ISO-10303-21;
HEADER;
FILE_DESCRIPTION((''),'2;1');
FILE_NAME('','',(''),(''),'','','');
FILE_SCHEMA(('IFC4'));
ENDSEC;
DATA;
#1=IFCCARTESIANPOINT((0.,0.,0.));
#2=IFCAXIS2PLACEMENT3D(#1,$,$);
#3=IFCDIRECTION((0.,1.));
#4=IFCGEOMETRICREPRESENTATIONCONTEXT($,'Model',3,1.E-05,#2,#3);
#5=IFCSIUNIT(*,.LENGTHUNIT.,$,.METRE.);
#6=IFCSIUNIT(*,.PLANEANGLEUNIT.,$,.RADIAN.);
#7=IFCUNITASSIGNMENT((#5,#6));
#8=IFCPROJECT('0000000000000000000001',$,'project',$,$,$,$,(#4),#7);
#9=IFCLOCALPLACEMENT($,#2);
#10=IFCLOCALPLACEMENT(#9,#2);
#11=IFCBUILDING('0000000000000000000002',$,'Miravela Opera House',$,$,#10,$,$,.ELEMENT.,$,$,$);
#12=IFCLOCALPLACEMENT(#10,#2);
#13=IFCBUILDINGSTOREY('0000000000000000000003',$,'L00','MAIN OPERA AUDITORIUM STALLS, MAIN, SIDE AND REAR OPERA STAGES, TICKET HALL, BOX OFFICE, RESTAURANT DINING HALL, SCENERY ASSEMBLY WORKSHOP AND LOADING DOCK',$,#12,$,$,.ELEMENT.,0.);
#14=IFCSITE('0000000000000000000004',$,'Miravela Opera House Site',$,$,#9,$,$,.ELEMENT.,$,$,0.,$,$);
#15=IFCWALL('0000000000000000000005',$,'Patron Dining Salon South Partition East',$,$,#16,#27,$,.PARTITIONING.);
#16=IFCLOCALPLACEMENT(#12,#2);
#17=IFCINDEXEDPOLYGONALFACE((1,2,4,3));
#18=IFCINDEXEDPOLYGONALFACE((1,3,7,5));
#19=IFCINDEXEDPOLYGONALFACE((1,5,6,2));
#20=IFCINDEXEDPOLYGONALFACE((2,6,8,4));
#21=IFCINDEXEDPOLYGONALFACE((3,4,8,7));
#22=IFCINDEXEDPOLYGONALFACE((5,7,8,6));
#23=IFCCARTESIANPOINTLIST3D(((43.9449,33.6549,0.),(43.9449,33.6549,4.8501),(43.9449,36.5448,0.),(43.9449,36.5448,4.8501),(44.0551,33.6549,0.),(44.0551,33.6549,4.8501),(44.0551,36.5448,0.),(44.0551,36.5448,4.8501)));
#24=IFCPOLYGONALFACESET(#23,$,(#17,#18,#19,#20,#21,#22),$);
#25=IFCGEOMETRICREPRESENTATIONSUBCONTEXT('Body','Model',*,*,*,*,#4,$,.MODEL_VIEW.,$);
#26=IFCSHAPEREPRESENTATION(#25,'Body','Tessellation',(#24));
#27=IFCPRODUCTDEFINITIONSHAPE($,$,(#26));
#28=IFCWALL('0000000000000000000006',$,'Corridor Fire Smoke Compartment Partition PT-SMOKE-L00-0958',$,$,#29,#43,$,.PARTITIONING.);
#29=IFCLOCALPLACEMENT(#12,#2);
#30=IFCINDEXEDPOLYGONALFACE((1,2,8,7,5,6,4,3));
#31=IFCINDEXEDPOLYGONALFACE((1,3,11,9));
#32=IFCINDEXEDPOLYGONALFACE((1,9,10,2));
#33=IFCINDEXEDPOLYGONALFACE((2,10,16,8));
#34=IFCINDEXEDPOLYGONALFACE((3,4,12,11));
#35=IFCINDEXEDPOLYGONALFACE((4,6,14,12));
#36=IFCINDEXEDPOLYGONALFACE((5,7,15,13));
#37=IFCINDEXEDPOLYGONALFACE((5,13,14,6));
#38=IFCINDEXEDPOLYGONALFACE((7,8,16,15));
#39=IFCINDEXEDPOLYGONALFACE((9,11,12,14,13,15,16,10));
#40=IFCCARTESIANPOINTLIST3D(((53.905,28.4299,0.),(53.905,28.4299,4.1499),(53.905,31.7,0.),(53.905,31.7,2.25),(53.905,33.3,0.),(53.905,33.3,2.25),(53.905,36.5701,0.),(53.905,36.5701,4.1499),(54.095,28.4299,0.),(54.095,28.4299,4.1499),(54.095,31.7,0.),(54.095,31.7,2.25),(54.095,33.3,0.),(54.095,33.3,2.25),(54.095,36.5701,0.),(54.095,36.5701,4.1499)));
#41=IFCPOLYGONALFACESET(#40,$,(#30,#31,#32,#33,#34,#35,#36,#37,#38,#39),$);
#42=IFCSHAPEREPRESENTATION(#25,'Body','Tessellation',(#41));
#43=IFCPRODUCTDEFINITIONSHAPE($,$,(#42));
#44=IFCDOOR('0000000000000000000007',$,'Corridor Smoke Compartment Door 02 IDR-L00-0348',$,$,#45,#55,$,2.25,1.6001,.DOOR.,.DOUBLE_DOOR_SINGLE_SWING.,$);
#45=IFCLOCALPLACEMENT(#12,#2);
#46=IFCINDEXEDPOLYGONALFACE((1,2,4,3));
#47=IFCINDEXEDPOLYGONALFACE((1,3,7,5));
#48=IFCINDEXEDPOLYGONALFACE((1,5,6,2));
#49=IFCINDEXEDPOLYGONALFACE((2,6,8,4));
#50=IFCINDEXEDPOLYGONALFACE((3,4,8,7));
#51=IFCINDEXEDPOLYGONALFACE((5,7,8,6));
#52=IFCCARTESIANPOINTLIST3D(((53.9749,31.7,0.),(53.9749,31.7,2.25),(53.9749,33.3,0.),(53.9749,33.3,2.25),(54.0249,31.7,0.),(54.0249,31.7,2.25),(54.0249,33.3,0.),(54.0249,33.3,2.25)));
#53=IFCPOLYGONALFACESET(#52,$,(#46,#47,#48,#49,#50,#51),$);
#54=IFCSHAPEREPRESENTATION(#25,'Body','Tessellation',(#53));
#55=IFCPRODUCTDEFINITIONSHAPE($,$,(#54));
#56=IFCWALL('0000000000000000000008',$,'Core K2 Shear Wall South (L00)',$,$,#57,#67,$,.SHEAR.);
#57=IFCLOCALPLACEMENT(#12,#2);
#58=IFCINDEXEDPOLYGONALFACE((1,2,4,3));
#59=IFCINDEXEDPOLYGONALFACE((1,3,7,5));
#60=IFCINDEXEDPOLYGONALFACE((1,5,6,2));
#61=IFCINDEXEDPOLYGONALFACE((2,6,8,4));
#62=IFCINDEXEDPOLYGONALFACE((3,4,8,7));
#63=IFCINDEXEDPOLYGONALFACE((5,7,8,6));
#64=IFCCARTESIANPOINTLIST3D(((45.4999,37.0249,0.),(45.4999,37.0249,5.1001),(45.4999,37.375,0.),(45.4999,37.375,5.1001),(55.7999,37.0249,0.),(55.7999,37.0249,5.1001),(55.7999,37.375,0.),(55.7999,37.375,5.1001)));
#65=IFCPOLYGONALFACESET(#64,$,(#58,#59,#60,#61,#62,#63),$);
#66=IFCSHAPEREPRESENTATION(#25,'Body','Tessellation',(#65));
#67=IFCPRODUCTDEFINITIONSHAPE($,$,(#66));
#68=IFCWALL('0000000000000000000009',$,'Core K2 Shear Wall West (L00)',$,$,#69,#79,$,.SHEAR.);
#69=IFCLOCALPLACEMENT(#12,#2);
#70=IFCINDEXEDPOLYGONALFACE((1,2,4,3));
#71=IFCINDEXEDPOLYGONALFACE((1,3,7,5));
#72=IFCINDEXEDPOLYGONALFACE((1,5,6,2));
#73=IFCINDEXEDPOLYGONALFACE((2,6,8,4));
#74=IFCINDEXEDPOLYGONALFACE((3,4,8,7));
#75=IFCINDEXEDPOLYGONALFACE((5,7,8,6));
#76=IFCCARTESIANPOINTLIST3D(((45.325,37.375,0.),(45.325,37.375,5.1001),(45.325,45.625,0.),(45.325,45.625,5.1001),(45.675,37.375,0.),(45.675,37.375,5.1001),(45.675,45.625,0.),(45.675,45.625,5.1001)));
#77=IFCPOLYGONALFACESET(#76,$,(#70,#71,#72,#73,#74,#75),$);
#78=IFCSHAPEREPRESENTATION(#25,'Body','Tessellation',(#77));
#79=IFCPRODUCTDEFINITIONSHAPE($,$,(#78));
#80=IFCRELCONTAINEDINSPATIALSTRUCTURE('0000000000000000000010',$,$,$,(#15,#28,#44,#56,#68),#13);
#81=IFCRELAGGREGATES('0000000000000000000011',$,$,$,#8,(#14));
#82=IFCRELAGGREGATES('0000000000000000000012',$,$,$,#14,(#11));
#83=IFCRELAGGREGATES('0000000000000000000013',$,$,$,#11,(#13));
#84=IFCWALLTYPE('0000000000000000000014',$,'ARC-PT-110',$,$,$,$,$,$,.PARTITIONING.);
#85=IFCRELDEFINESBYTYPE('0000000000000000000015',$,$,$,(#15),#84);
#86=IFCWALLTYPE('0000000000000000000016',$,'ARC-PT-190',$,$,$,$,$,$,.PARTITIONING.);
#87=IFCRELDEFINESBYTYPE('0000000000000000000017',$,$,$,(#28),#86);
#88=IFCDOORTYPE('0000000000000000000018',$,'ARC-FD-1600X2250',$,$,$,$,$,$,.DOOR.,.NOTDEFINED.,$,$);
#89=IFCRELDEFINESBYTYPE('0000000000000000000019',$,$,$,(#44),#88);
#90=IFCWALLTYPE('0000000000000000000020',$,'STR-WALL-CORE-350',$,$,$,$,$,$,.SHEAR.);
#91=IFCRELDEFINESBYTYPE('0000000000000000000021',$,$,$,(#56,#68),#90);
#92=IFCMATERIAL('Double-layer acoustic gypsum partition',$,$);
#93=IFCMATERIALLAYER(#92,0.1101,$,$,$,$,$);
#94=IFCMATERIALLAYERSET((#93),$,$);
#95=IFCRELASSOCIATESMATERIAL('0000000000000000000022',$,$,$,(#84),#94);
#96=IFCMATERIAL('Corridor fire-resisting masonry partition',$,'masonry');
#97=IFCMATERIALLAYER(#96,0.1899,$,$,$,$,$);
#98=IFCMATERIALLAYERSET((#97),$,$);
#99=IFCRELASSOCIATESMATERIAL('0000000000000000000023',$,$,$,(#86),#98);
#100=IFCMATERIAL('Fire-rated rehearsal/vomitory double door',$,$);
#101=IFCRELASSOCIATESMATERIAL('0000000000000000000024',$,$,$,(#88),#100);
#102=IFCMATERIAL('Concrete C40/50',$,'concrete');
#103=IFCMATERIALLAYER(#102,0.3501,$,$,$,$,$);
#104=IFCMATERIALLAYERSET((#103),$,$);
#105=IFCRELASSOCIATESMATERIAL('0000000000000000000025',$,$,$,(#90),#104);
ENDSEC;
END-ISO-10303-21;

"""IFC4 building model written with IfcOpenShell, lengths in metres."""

from ifc_helpers import new_model, si_unit, direction, frame, frame_2d, origin, place, context, subcontext, project, spatial, rectangle, extrude, material, layer, layer_set, type_object, element, fill, save


model = new_model("IFC4")

# Units and contexts
model_context = context("Model", 3, precision=1e-05, world=origin(), true_north=direction((0.0, 1.0)))
body_context = subcontext(model_context, "Body", "Model", "MODEL_VIEW")
ifc_project = project(units=[si_unit("LENGTHUNIT", "METRE"), si_unit("PLANEANGLEUNIT", "RADIAN")], contexts=[model_context])

# Site, building, storey
site_placement = place(None, origin())
site = spatial("IfcSite", under=ifc_project, at=site_placement, Name="Miravela Opera House Site", CompositionType="ELEMENT", RefElevation=0.0)
building_placement = place(site_placement, origin())
building = spatial("IfcBuilding", under=site, at=building_placement, Name="Miravela Opera House", CompositionType="ELEMENT")
storey_placement = place(building_placement, origin())
storey = spatial("IfcBuildingStorey", under=building, at=storey_placement, Name="L00", Description="MAIN OPERA AUDITORIUM STALLS, MAIN, SIDE AND REAR OPERA STAGES, TICKET HALL, BOX OFFICE, RESTAURANT DINING HALL, SCENERY ASSEMBLY WORKSHOP AND LOADING DOCK", CompositionType="ELEMENT", Elevation=0.0)

# Shared definitions
ifc_material_1 = material(Name="Concrete C40/50", Category="concrete")

# Wall
ifc_material_2 = material(Name="Double-layer acoustic gypsum partition")
ifc_layer_1 = layer(ifc_material_2, 0.1101)
ifc_layer_set_1 = layer_set([ifc_layer_1])
wall_type_1 = type_object("IfcWallType", Name="ARC-PT-110", PredefinedType="PARTITIONING", material=ifc_layer_set_1)
wall_1_placement = place(storey_placement, frame((44.0, 33.655, 0.0), z_axis=(0.0, 0.0, 1.0), x_axis=(0.0, 1.0, 0.0)))
element("IfcWall", 1, at=wall_1_placement, inside=storey, type_object=wall_type_1, Name="Patron Dining Salon South Partition East", PredefinedType="PARTITIONING", context=body_context, shape_type="SweptSolid", body=[
    extrude(rectangle(XDim=2.8899, YDim=0.1101, at=frame_2d((1.4448, 0.0))), origin(), (0.0, 0.0, 1.0), 4.8501),
])

# Wall, opening, door
ifc_material_3 = material(Name="Corridor fire-resisting masonry partition", Category="masonry")
ifc_layer_2 = layer(ifc_material_3, 0.1899)
ifc_layer_set_2 = layer_set([ifc_layer_2])
wall_type_2 = type_object("IfcWallType", Name="ARC-PT-190", PredefinedType="PARTITIONING", material=ifc_layer_set_2)
wall_2_placement = place(storey_placement, frame((54.0, 28.4299, 0.0), z_axis=(0.0, 0.0, 1.0), x_axis=(0.0, 1.0, 0.0)))
wall_2 = element("IfcWall", 2, at=wall_2_placement, inside=storey, type_object=wall_type_2, Name="Corridor Fire Smoke Compartment Partition PT-SMOKE-L00-0958", PredefinedType="PARTITIONING", context=body_context, shape_type="SweptSolid", body=[
    extrude(rectangle(XDim=8.1401, YDim=0.1899, at=frame_2d((4.0701, 0.0))), origin(), (0.0, 0.0, 1.0), 4.1499),
])
opening_placement = place(wall_2_placement, frame((3.27, 0.0, 0.0)))
opening = element("IfcOpeningElement", 3, at=opening_placement, cuts=wall_2, PredefinedType="OPENING", context=body_context, shape_type="SweptSolid", body=[
    extrude(rectangle(XDim=1.6001, YDim=2.25, at=frame_2d((0.8, 1.125))), frame((0.0, 0.105, 0.0), z_axis=(0.0, -1.0, 0.0), x_axis=(1.0, 0.0, 0.0)), (0.0, 0.0, 1.0), 0.21),
])
ifc_material_4 = material(Name="Fire-rated rehearsal/vomitory double door")
door_type = type_object("IfcDoorType", Name="ARC-FD-1600X2250", OperationType="NOTDEFINED", PredefinedType="DOOR", material=ifc_material_4)
door_placement = place(opening_placement, frame((1.6001, 0.0, 0.0), z_axis=(0.0, 0.0, 1.0), x_axis=(-1.0, 0.0, 0.0)))
door = element("IfcDoor", 4, at=door_placement, inside=storey, type_object=door_type, Name="Corridor Smoke Compartment Door 02 IDR-L00-0348", OperationType="DOUBLE_DOOR_SINGLE_SWING", OverallHeight=2.25, OverallWidth=1.6001, PredefinedType="DOOR", context=body_context, shape_type="SweptSolid", body=[
    extrude(rectangle(XDim=1.6001, YDim=2.25, at=frame_2d((0.8, 1.125))), frame((0.0, 0.0249, 0.0), z_axis=(0.0, -1.0, 0.0), x_axis=(1.0, 0.0, 0.0)), (0.0, 0.0, 1.0), 0.05),
])
fill(opening, door)

# Walls
ifc_layer_3 = layer(ifc_material_1, 0.3501)
ifc_layer_set_3 = layer_set([ifc_layer_3])
wall_type_3 = type_object("IfcWallType", Name="STR-WALL-CORE-350", PredefinedType="SHEAR", material=ifc_layer_set_3)
wall_3_placement = place(storey_placement, frame((45.5, 37.2, 0.0), z_axis=(0.0, 0.0, 1.0), x_axis=(1.0, 0.0, 0.0)))
element("IfcWall", 5, at=wall_3_placement, inside=storey, type_object=wall_type_3, Name="Core K2 Shear Wall South (L00)", PredefinedType="SHEAR", context=body_context, shape_type="SweptSolid", body=[
    extrude(rectangle(XDim=10.3, YDim=0.3501, at=frame_2d((5.1499, 0.0))), origin(), (0.0, 0.0, 1.0), 5.1001),
])
wall_4_placement = place(storey_placement, frame((45.5, 37.375, 0.0), z_axis=(0.0, 0.0, 1.0), x_axis=(0.0, 1.0, 0.0)))
element("IfcWall", 6, at=wall_4_placement, inside=storey, type_object=wall_type_3, Name="Core K2 Shear Wall West (L00)", PredefinedType="SHEAR", context=body_context, shape_type="SweptSolid", body=[
    extrude(rectangle(XDim=8.25, YDim=0.3501, at=frame_2d((4.125, 0.0))), origin(), (0.0, 0.0, 1.0), 5.1001),
])

save(model, "model.ifc")
